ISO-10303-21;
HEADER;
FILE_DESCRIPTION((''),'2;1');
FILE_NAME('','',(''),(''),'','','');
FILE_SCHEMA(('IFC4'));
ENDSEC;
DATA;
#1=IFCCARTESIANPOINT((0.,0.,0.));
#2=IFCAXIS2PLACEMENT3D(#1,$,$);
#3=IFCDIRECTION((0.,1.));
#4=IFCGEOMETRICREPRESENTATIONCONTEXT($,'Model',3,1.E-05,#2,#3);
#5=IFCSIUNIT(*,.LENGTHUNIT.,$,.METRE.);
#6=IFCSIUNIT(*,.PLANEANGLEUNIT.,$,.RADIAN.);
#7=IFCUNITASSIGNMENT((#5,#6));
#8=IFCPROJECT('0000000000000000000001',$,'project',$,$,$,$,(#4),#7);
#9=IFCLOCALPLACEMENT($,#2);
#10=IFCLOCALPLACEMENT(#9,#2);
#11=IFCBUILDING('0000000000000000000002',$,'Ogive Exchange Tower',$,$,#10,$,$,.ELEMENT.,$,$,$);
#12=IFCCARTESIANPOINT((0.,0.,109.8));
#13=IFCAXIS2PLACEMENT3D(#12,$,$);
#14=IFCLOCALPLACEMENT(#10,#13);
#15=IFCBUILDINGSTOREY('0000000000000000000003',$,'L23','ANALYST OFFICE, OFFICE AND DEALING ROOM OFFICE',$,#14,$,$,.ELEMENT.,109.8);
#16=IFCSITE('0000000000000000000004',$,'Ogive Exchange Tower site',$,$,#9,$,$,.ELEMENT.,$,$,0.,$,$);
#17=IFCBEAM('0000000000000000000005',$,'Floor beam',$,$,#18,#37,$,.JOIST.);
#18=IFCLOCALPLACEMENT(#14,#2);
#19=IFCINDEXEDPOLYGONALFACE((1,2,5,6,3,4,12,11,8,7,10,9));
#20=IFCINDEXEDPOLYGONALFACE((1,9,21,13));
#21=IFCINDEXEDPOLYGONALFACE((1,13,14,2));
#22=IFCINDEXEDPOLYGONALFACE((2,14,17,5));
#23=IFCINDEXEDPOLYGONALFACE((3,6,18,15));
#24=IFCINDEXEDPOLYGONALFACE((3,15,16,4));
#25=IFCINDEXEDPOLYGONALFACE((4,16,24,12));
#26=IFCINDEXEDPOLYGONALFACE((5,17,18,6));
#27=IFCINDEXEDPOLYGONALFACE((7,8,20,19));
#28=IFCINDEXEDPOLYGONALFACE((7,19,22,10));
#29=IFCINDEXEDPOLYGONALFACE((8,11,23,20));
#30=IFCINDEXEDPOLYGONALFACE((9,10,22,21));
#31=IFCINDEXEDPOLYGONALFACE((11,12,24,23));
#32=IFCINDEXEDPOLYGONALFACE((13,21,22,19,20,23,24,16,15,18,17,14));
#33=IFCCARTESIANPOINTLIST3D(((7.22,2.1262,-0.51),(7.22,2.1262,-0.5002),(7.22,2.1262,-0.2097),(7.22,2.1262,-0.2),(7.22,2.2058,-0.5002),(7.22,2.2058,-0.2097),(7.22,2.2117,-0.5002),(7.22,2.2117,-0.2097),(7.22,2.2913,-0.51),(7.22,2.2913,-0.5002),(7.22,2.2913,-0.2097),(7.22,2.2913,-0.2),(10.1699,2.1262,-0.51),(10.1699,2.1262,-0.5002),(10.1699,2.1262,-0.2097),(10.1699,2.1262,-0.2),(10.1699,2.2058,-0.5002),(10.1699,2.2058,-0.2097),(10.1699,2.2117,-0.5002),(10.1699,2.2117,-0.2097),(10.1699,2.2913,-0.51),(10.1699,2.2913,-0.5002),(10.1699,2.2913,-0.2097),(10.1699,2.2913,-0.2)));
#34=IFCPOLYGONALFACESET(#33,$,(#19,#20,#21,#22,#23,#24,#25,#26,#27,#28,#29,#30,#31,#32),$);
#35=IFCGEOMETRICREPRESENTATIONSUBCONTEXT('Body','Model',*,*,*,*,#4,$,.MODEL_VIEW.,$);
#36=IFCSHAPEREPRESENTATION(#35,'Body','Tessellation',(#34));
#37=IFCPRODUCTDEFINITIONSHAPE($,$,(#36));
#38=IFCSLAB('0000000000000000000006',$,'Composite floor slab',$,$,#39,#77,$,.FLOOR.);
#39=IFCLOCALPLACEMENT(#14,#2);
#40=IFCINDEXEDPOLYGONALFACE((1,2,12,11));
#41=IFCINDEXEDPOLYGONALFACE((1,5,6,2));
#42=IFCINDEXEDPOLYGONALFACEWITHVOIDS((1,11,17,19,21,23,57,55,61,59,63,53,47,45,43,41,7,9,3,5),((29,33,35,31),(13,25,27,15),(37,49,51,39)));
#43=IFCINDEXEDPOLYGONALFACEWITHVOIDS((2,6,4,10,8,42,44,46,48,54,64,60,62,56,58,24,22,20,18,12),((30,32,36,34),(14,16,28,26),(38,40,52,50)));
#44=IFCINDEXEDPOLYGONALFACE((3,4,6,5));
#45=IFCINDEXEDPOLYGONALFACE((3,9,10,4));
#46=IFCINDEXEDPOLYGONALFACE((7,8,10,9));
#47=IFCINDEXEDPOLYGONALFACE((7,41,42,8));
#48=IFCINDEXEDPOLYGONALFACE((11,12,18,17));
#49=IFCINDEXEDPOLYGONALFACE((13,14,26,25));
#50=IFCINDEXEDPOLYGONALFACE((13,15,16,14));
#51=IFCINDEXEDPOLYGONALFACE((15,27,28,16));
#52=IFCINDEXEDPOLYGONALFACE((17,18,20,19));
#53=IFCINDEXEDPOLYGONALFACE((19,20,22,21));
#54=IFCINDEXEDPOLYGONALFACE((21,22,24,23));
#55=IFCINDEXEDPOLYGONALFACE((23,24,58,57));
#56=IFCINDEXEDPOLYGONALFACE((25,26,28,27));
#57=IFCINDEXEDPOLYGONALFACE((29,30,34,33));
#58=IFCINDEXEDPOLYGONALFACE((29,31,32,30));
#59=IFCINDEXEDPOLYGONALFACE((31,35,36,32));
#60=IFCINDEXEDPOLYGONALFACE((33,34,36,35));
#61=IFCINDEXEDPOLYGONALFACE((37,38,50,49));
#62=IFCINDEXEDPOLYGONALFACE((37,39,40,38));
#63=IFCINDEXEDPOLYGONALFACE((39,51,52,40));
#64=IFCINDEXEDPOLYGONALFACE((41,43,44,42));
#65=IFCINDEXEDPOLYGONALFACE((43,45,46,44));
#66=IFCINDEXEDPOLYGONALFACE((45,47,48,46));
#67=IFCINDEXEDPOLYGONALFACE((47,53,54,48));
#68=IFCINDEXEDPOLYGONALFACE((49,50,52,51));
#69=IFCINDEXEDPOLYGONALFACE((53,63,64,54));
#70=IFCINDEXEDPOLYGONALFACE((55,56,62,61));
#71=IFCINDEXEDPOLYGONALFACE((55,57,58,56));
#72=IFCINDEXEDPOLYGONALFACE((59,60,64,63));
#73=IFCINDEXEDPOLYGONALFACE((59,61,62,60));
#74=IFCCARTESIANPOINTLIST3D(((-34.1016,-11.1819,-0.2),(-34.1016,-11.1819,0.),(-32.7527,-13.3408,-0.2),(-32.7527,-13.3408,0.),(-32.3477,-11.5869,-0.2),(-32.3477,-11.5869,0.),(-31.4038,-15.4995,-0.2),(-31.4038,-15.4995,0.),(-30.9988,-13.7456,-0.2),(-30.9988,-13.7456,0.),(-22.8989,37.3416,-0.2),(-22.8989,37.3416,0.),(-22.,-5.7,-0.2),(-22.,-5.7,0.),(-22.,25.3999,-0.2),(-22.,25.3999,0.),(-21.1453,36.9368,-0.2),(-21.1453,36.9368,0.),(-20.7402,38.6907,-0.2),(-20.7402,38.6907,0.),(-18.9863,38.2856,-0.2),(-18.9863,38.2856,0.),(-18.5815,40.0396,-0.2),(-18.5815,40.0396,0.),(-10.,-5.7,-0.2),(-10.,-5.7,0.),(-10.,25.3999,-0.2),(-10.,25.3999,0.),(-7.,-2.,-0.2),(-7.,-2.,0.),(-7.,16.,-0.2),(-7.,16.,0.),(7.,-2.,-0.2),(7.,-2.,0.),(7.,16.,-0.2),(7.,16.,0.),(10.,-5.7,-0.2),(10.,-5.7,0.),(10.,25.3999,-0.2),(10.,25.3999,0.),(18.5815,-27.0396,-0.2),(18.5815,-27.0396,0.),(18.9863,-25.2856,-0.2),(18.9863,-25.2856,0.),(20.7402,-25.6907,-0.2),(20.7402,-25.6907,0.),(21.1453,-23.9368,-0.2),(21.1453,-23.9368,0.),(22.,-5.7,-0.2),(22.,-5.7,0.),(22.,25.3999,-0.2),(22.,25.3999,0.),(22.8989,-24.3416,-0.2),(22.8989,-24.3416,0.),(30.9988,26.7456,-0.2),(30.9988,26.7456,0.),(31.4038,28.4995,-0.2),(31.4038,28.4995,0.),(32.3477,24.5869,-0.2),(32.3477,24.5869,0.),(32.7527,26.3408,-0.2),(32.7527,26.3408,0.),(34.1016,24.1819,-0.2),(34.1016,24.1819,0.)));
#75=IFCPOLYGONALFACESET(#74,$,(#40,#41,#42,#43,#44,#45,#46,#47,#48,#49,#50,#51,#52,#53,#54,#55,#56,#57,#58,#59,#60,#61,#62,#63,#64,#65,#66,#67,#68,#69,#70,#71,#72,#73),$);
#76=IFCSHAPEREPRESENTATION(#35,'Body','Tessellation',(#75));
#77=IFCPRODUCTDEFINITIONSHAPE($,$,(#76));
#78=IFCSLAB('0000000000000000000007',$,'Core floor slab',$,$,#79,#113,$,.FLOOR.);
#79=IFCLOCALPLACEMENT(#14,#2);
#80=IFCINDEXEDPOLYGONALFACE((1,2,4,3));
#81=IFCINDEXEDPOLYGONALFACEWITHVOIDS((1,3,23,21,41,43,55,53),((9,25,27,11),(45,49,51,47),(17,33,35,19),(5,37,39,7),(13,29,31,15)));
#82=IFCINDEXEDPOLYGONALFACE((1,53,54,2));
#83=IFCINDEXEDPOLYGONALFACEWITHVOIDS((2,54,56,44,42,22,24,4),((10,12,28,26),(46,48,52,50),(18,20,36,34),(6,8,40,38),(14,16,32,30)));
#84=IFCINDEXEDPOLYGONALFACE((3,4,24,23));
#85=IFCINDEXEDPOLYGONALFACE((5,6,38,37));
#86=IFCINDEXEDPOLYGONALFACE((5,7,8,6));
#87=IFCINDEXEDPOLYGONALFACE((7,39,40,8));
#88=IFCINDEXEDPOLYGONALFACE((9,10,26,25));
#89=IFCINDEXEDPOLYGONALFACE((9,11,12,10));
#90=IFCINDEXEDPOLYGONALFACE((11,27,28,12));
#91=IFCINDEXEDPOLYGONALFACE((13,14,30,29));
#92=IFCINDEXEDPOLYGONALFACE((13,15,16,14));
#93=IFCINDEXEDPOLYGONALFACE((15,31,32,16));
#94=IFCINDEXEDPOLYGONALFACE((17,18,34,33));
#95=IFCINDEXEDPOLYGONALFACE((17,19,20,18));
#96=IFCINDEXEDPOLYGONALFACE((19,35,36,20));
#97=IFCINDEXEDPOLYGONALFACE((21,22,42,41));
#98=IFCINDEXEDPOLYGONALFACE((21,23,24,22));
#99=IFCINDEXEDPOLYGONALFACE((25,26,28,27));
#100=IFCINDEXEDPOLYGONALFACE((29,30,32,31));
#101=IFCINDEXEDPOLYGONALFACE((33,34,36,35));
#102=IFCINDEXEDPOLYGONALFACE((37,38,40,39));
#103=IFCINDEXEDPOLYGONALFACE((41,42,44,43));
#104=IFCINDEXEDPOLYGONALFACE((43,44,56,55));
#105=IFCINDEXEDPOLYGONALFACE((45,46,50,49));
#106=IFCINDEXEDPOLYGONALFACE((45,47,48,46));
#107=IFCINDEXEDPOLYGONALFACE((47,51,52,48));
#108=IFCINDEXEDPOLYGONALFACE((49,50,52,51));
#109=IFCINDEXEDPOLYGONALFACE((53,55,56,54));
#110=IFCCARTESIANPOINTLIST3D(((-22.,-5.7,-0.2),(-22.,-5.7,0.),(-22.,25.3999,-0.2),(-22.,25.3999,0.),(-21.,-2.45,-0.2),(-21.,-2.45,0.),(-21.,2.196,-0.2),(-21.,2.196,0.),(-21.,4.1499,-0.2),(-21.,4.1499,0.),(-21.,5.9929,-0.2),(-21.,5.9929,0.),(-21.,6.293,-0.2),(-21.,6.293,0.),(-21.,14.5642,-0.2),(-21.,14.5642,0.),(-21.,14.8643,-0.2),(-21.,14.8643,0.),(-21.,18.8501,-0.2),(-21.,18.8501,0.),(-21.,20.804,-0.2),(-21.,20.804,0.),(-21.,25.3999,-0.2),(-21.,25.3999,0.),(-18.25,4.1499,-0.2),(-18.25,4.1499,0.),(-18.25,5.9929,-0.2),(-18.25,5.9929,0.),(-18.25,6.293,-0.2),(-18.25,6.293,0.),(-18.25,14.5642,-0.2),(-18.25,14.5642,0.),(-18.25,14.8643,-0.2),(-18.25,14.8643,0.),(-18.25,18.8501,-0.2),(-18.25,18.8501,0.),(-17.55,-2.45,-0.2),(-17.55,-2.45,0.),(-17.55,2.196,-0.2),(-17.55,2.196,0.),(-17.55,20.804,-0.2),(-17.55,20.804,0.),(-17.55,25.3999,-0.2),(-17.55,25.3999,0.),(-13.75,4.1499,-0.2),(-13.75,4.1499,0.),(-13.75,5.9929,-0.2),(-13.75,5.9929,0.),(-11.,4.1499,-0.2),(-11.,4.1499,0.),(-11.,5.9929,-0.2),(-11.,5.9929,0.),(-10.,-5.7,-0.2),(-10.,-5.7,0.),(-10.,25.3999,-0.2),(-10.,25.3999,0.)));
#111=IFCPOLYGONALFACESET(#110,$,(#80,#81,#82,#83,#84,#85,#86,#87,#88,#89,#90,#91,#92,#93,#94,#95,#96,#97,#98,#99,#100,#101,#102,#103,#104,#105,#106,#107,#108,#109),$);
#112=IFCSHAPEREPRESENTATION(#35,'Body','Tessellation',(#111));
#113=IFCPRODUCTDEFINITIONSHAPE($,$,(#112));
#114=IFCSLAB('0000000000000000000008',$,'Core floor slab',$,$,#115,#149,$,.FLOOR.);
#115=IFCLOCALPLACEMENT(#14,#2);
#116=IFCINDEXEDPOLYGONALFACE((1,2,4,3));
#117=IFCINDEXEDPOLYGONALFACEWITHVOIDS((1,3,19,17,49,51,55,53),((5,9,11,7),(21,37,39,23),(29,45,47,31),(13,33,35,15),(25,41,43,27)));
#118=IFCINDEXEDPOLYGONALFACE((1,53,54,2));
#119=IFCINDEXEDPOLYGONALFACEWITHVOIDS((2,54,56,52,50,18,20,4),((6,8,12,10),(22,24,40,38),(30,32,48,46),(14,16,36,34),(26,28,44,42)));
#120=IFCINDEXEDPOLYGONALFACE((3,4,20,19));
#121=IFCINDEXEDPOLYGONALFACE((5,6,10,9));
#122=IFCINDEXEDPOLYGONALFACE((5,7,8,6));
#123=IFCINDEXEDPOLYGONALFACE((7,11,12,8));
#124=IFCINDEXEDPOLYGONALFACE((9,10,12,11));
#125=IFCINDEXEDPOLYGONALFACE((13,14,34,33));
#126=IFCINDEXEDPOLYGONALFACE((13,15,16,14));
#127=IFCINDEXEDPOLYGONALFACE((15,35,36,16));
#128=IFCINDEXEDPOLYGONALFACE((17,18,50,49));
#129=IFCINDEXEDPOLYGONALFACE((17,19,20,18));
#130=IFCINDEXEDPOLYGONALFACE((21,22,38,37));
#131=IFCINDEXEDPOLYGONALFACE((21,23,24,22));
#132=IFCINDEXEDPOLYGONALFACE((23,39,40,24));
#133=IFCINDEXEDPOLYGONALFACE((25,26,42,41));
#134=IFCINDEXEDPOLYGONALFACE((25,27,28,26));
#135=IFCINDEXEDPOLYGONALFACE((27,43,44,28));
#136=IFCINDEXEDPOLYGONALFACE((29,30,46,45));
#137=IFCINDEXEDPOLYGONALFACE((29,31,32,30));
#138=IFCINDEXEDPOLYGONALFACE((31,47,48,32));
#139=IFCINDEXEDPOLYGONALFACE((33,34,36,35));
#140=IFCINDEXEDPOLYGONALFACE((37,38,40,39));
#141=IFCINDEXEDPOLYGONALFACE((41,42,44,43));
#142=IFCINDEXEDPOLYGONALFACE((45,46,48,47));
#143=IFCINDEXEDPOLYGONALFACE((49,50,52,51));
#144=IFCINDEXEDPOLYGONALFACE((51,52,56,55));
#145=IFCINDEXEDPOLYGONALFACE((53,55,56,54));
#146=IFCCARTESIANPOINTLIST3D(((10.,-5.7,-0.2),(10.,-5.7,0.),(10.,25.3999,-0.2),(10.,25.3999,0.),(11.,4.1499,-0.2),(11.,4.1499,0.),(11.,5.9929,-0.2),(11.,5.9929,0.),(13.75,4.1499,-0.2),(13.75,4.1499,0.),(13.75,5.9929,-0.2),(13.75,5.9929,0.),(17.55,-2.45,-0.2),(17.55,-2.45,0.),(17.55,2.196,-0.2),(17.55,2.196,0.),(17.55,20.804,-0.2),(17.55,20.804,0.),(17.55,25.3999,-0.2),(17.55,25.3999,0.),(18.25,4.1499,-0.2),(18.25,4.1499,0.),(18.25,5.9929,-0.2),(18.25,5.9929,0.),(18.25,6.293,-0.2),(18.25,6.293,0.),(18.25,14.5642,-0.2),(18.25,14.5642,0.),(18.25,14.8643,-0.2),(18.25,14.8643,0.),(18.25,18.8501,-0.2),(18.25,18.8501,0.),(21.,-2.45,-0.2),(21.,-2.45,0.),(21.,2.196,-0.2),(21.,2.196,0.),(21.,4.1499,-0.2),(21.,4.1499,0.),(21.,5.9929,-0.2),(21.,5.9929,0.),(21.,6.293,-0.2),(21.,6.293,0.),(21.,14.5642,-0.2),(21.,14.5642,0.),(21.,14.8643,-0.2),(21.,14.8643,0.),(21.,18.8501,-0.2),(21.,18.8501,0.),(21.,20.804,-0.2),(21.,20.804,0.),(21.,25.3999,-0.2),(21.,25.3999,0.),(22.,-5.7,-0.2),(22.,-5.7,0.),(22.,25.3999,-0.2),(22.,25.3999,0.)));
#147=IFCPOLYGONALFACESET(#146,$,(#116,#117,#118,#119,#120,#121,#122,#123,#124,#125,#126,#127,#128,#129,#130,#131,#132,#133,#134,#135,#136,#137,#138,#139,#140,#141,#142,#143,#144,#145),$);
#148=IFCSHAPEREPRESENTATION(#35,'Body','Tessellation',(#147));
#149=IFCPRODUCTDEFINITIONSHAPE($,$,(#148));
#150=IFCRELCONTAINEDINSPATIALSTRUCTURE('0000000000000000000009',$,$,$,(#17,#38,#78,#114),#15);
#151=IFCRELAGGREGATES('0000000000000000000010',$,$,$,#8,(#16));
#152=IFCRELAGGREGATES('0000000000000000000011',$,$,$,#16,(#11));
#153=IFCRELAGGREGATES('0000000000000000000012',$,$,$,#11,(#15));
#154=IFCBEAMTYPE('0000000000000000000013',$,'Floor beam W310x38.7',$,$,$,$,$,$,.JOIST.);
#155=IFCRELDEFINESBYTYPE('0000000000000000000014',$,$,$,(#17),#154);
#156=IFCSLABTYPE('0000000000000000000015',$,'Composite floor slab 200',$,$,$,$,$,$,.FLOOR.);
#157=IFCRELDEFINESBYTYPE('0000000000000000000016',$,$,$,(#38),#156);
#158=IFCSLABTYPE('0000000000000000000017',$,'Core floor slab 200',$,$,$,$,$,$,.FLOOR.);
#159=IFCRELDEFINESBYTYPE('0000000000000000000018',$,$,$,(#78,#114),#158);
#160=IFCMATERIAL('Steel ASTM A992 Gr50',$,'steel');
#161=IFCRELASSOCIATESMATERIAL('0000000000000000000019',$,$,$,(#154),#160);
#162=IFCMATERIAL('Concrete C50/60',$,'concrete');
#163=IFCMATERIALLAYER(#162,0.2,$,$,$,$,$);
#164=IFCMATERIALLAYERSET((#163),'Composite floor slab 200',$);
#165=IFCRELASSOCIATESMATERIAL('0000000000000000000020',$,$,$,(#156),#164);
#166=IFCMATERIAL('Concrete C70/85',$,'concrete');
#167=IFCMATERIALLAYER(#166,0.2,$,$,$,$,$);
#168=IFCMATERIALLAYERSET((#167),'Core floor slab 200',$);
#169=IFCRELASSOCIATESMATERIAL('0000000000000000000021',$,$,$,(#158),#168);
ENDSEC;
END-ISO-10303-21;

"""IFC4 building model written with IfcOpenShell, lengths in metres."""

from ifc_helpers import new_model, si_unit, direction, frame, origin, origin_2d, place, context, subcontext, project, spatial, polyline, i_section, outline, extrude, material, layer, layer_set, material_profile, profile_set, type_object, element, save


model = new_model("IFC4")

# Units and contexts
model_context = context("Model", 3, precision=1e-05, world=origin(), true_north=direction((0.0, 1.0)))
body_context = subcontext(model_context, "Body", "Model", "MODEL_VIEW")
ifc_project = project(units=[si_unit("LENGTHUNIT", "METRE"), si_unit("PLANEANGLEUNIT", "RADIAN")], contexts=[model_context])

# Site, building, storey
site_placement = place(None, origin())
site = spatial("IfcSite", under=ifc_project, at=site_placement, Name="Ogive Exchange Tower site", CompositionType="ELEMENT", RefElevation=0.0)
building_placement = place(site_placement, origin())
building = spatial("IfcBuilding", under=site, at=building_placement, Name="Ogive Exchange Tower", CompositionType="ELEMENT")
storey_placement = place(building_placement, frame((0.0, 0.0, 109.8)))
storey = spatial("IfcBuildingStorey", under=building, at=storey_placement, Name="L23", Description="ANALYST OFFICE, OFFICE AND DEALING ROOM OFFICE", CompositionType="ELEMENT", Elevation=109.8)

# Beam
ifc_material_1 = material(Name="Steel ASTM A992 Gr50", Category="steel")
ifc_material_profile = material_profile(ifc_material_1, i_section(OverallWidth=0.165, OverallDepth=0.3101, WebThickness=0.0059, FlangeThickness=0.0098, at=origin_2d()), Name="W310x38.7")
ifc_profile_set = profile_set([ifc_material_profile], Name="Steel ASTM A992 Gr50")
beam_type = type_object("IfcBeamType", Name="Floor beam W310x38.7", PredefinedType="JOIST", material=ifc_profile_set)
beam_placement = place(storey_placement, frame((7.22, 2.2087, -0.355), z_axis=(1.0, 0.0, 0.0), x_axis=(0.0, 1.0, 0.0)))
element("IfcBeam", 1, at=beam_placement, inside=storey, type_object=beam_type, Name="Floor beam", PredefinedType="JOIST", context=body_context, shape_type="SweptSolid", body=[
    extrude(i_section(OverallWidth=0.165, OverallDepth=0.3101, WebThickness=0.0059, FlangeThickness=0.0098, at=origin_2d()), origin(), (0.0, 0.0, 1.0), 2.95),
])

# Slabs
ifc_material_2 = material(Name="Concrete C50/60", Category="concrete")
ifc_layer_1 = layer(ifc_material_2, 0.2)
ifc_layer_set_1 = layer_set([ifc_layer_1], Name="Composite floor slab 200")
slab_type_1 = type_object("IfcSlabType", Name="Composite floor slab 200", PredefinedType="FLOOR", material=ifc_layer_set_1)
slab_1_placement = place(storey_placement, frame((0.0, 0.0, -0.2)))
element("IfcSlab", 2, at=slab_1_placement, inside=storey, type_object=slab_type_1, Name="Composite floor slab", PredefinedType="FLOOR", context=body_context, shape_type="SweptSolid", body=[
    extrude(outline(polyline([(-30.9988, -13.7456), (-32.7527, -13.3408), (-32.3477, -11.5869), (-34.1016, -11.1819), (-22.8989, 37.3416), (-21.1453, 36.9368), (-20.7402, 38.6907), (-18.9863, 38.2856), (-18.5815, 40.0396), (31.4038, 28.4995), (30.9988, 26.7456), (32.7527, 26.3408), (32.3477, 24.5869), (34.1016, 24.1819), (22.8989, -24.3416), (21.1453, -23.9368), (20.7402, -25.6907), (18.9863, -25.2856), (18.5815, -27.0396), (-31.4038, -15.4995), (-30.9988, -13.7456)]), holes=[polyline([(7.0, -2.0), (7.0, 16.0), (-7.0, 16.0), (-7.0, -2.0), (7.0, -2.0)]), polyline([(-22.0, -5.7), (-10.0, -5.7), (-10.0, 25.3999), (-22.0, 25.3999), (-22.0, -5.7)]), polyline([(10.0, -5.7), (22.0, -5.7), (22.0, 25.3999), (10.0, 25.3999), (10.0, -5.7)])]), origin(), (0.0, 0.0, 1.0), 0.2),
])
ifc_material_3 = material(Name="Concrete C70/85", Category="concrete")
ifc_layer_2 = layer(ifc_material_3, 0.2)
ifc_layer_set_2 = layer_set([ifc_layer_2], Name="Core floor slab 200")
slab_type_2 = type_object("IfcSlabType", Name="Core floor slab 200", PredefinedType="FLOOR", material=ifc_layer_set_2)
slab_2_placement = place(storey_placement, frame((0.0, 0.0, -0.2)))
element("IfcSlab", 3, at=slab_2_placement, inside=storey, type_object=slab_type_2, Name="Core floor slab", PredefinedType="FLOOR", context=body_context, shape_type="SweptSolid", body=[
    extrude(outline(polyline([(-10.0, 25.3999), (-10.0, -5.7), (-22.0, -5.7), (-22.0, 25.3999), (-21.0, 25.3999), (-21.0, 20.804), (-17.55, 20.804), (-17.55, 25.3999), (-10.0, 25.3999)]), holes=[polyline([(-17.55, 2.196), (-21.0, 2.196), (-21.0, -2.45), (-17.55, -2.45), (-17.55, 2.196)]), polyline([(-18.25, 5.9929), (-21.0, 5.9929), (-21.0, 4.1499), (-18.25, 4.1499), (-18.25, 5.9929)]), polyline([(-11.0, 5.9929), (-13.75, 5.9929), (-13.75, 4.1499), (-11.0, 4.1499), (-11.0, 5.9929)]), polyline([(-21.0, 14.5642), (-21.0, 6.293), (-18.25, 6.293), (-18.25, 14.5642), (-21.0, 14.5642)]), polyline([(-18.25, 18.8501), (-21.0, 18.8501), (-21.0, 14.8643), (-18.25, 14.8643), (-18.25, 18.8501)])]), origin(), (0.0, 0.0, 1.0), 0.2),
])
slab_3_placement = place(storey_placement, frame((0.0, 0.0, -0.2)))
element("IfcSlab", 4, at=slab_3_placement, inside=storey, type_object=slab_type_2, Name="Core floor slab", PredefinedType="FLOOR", context=body_context, shape_type="SweptSolid", body=[
    extrude(outline(polyline([(22.0, 25.3999), (22.0, -5.7), (10.0, -5.7), (10.0, 25.3999), (17.55, 25.3999), (17.55, 20.804), (21.0, 20.804), (21.0, 25.3999), (22.0, 25.3999)]), holes=[polyline([(21.0, 2.196), (17.55, 2.196), (17.55, -2.45), (21.0, -2.45), (21.0, 2.196)]), polyline([(13.75, 5.9929), (11.0, 5.9929), (11.0, 4.1499), (13.75, 4.1499), (13.75, 5.9929)]), polyline([(21.0, 5.9929), (18.25, 5.9929), (18.25, 4.1499), (21.0, 4.1499), (21.0, 5.9929)]), polyline([(18.25, 14.5642), (18.25, 6.293), (21.0, 6.293), (21.0, 14.5642), (18.25, 14.5642)]), polyline([(21.0, 18.8501), (18.25, 18.8501), (18.25, 14.8643), (21.0, 14.8643), (21.0, 18.8501)])]), origin(), (0.0, 0.0, 1.0), 0.2),
])

save(model, "model.ifc")
